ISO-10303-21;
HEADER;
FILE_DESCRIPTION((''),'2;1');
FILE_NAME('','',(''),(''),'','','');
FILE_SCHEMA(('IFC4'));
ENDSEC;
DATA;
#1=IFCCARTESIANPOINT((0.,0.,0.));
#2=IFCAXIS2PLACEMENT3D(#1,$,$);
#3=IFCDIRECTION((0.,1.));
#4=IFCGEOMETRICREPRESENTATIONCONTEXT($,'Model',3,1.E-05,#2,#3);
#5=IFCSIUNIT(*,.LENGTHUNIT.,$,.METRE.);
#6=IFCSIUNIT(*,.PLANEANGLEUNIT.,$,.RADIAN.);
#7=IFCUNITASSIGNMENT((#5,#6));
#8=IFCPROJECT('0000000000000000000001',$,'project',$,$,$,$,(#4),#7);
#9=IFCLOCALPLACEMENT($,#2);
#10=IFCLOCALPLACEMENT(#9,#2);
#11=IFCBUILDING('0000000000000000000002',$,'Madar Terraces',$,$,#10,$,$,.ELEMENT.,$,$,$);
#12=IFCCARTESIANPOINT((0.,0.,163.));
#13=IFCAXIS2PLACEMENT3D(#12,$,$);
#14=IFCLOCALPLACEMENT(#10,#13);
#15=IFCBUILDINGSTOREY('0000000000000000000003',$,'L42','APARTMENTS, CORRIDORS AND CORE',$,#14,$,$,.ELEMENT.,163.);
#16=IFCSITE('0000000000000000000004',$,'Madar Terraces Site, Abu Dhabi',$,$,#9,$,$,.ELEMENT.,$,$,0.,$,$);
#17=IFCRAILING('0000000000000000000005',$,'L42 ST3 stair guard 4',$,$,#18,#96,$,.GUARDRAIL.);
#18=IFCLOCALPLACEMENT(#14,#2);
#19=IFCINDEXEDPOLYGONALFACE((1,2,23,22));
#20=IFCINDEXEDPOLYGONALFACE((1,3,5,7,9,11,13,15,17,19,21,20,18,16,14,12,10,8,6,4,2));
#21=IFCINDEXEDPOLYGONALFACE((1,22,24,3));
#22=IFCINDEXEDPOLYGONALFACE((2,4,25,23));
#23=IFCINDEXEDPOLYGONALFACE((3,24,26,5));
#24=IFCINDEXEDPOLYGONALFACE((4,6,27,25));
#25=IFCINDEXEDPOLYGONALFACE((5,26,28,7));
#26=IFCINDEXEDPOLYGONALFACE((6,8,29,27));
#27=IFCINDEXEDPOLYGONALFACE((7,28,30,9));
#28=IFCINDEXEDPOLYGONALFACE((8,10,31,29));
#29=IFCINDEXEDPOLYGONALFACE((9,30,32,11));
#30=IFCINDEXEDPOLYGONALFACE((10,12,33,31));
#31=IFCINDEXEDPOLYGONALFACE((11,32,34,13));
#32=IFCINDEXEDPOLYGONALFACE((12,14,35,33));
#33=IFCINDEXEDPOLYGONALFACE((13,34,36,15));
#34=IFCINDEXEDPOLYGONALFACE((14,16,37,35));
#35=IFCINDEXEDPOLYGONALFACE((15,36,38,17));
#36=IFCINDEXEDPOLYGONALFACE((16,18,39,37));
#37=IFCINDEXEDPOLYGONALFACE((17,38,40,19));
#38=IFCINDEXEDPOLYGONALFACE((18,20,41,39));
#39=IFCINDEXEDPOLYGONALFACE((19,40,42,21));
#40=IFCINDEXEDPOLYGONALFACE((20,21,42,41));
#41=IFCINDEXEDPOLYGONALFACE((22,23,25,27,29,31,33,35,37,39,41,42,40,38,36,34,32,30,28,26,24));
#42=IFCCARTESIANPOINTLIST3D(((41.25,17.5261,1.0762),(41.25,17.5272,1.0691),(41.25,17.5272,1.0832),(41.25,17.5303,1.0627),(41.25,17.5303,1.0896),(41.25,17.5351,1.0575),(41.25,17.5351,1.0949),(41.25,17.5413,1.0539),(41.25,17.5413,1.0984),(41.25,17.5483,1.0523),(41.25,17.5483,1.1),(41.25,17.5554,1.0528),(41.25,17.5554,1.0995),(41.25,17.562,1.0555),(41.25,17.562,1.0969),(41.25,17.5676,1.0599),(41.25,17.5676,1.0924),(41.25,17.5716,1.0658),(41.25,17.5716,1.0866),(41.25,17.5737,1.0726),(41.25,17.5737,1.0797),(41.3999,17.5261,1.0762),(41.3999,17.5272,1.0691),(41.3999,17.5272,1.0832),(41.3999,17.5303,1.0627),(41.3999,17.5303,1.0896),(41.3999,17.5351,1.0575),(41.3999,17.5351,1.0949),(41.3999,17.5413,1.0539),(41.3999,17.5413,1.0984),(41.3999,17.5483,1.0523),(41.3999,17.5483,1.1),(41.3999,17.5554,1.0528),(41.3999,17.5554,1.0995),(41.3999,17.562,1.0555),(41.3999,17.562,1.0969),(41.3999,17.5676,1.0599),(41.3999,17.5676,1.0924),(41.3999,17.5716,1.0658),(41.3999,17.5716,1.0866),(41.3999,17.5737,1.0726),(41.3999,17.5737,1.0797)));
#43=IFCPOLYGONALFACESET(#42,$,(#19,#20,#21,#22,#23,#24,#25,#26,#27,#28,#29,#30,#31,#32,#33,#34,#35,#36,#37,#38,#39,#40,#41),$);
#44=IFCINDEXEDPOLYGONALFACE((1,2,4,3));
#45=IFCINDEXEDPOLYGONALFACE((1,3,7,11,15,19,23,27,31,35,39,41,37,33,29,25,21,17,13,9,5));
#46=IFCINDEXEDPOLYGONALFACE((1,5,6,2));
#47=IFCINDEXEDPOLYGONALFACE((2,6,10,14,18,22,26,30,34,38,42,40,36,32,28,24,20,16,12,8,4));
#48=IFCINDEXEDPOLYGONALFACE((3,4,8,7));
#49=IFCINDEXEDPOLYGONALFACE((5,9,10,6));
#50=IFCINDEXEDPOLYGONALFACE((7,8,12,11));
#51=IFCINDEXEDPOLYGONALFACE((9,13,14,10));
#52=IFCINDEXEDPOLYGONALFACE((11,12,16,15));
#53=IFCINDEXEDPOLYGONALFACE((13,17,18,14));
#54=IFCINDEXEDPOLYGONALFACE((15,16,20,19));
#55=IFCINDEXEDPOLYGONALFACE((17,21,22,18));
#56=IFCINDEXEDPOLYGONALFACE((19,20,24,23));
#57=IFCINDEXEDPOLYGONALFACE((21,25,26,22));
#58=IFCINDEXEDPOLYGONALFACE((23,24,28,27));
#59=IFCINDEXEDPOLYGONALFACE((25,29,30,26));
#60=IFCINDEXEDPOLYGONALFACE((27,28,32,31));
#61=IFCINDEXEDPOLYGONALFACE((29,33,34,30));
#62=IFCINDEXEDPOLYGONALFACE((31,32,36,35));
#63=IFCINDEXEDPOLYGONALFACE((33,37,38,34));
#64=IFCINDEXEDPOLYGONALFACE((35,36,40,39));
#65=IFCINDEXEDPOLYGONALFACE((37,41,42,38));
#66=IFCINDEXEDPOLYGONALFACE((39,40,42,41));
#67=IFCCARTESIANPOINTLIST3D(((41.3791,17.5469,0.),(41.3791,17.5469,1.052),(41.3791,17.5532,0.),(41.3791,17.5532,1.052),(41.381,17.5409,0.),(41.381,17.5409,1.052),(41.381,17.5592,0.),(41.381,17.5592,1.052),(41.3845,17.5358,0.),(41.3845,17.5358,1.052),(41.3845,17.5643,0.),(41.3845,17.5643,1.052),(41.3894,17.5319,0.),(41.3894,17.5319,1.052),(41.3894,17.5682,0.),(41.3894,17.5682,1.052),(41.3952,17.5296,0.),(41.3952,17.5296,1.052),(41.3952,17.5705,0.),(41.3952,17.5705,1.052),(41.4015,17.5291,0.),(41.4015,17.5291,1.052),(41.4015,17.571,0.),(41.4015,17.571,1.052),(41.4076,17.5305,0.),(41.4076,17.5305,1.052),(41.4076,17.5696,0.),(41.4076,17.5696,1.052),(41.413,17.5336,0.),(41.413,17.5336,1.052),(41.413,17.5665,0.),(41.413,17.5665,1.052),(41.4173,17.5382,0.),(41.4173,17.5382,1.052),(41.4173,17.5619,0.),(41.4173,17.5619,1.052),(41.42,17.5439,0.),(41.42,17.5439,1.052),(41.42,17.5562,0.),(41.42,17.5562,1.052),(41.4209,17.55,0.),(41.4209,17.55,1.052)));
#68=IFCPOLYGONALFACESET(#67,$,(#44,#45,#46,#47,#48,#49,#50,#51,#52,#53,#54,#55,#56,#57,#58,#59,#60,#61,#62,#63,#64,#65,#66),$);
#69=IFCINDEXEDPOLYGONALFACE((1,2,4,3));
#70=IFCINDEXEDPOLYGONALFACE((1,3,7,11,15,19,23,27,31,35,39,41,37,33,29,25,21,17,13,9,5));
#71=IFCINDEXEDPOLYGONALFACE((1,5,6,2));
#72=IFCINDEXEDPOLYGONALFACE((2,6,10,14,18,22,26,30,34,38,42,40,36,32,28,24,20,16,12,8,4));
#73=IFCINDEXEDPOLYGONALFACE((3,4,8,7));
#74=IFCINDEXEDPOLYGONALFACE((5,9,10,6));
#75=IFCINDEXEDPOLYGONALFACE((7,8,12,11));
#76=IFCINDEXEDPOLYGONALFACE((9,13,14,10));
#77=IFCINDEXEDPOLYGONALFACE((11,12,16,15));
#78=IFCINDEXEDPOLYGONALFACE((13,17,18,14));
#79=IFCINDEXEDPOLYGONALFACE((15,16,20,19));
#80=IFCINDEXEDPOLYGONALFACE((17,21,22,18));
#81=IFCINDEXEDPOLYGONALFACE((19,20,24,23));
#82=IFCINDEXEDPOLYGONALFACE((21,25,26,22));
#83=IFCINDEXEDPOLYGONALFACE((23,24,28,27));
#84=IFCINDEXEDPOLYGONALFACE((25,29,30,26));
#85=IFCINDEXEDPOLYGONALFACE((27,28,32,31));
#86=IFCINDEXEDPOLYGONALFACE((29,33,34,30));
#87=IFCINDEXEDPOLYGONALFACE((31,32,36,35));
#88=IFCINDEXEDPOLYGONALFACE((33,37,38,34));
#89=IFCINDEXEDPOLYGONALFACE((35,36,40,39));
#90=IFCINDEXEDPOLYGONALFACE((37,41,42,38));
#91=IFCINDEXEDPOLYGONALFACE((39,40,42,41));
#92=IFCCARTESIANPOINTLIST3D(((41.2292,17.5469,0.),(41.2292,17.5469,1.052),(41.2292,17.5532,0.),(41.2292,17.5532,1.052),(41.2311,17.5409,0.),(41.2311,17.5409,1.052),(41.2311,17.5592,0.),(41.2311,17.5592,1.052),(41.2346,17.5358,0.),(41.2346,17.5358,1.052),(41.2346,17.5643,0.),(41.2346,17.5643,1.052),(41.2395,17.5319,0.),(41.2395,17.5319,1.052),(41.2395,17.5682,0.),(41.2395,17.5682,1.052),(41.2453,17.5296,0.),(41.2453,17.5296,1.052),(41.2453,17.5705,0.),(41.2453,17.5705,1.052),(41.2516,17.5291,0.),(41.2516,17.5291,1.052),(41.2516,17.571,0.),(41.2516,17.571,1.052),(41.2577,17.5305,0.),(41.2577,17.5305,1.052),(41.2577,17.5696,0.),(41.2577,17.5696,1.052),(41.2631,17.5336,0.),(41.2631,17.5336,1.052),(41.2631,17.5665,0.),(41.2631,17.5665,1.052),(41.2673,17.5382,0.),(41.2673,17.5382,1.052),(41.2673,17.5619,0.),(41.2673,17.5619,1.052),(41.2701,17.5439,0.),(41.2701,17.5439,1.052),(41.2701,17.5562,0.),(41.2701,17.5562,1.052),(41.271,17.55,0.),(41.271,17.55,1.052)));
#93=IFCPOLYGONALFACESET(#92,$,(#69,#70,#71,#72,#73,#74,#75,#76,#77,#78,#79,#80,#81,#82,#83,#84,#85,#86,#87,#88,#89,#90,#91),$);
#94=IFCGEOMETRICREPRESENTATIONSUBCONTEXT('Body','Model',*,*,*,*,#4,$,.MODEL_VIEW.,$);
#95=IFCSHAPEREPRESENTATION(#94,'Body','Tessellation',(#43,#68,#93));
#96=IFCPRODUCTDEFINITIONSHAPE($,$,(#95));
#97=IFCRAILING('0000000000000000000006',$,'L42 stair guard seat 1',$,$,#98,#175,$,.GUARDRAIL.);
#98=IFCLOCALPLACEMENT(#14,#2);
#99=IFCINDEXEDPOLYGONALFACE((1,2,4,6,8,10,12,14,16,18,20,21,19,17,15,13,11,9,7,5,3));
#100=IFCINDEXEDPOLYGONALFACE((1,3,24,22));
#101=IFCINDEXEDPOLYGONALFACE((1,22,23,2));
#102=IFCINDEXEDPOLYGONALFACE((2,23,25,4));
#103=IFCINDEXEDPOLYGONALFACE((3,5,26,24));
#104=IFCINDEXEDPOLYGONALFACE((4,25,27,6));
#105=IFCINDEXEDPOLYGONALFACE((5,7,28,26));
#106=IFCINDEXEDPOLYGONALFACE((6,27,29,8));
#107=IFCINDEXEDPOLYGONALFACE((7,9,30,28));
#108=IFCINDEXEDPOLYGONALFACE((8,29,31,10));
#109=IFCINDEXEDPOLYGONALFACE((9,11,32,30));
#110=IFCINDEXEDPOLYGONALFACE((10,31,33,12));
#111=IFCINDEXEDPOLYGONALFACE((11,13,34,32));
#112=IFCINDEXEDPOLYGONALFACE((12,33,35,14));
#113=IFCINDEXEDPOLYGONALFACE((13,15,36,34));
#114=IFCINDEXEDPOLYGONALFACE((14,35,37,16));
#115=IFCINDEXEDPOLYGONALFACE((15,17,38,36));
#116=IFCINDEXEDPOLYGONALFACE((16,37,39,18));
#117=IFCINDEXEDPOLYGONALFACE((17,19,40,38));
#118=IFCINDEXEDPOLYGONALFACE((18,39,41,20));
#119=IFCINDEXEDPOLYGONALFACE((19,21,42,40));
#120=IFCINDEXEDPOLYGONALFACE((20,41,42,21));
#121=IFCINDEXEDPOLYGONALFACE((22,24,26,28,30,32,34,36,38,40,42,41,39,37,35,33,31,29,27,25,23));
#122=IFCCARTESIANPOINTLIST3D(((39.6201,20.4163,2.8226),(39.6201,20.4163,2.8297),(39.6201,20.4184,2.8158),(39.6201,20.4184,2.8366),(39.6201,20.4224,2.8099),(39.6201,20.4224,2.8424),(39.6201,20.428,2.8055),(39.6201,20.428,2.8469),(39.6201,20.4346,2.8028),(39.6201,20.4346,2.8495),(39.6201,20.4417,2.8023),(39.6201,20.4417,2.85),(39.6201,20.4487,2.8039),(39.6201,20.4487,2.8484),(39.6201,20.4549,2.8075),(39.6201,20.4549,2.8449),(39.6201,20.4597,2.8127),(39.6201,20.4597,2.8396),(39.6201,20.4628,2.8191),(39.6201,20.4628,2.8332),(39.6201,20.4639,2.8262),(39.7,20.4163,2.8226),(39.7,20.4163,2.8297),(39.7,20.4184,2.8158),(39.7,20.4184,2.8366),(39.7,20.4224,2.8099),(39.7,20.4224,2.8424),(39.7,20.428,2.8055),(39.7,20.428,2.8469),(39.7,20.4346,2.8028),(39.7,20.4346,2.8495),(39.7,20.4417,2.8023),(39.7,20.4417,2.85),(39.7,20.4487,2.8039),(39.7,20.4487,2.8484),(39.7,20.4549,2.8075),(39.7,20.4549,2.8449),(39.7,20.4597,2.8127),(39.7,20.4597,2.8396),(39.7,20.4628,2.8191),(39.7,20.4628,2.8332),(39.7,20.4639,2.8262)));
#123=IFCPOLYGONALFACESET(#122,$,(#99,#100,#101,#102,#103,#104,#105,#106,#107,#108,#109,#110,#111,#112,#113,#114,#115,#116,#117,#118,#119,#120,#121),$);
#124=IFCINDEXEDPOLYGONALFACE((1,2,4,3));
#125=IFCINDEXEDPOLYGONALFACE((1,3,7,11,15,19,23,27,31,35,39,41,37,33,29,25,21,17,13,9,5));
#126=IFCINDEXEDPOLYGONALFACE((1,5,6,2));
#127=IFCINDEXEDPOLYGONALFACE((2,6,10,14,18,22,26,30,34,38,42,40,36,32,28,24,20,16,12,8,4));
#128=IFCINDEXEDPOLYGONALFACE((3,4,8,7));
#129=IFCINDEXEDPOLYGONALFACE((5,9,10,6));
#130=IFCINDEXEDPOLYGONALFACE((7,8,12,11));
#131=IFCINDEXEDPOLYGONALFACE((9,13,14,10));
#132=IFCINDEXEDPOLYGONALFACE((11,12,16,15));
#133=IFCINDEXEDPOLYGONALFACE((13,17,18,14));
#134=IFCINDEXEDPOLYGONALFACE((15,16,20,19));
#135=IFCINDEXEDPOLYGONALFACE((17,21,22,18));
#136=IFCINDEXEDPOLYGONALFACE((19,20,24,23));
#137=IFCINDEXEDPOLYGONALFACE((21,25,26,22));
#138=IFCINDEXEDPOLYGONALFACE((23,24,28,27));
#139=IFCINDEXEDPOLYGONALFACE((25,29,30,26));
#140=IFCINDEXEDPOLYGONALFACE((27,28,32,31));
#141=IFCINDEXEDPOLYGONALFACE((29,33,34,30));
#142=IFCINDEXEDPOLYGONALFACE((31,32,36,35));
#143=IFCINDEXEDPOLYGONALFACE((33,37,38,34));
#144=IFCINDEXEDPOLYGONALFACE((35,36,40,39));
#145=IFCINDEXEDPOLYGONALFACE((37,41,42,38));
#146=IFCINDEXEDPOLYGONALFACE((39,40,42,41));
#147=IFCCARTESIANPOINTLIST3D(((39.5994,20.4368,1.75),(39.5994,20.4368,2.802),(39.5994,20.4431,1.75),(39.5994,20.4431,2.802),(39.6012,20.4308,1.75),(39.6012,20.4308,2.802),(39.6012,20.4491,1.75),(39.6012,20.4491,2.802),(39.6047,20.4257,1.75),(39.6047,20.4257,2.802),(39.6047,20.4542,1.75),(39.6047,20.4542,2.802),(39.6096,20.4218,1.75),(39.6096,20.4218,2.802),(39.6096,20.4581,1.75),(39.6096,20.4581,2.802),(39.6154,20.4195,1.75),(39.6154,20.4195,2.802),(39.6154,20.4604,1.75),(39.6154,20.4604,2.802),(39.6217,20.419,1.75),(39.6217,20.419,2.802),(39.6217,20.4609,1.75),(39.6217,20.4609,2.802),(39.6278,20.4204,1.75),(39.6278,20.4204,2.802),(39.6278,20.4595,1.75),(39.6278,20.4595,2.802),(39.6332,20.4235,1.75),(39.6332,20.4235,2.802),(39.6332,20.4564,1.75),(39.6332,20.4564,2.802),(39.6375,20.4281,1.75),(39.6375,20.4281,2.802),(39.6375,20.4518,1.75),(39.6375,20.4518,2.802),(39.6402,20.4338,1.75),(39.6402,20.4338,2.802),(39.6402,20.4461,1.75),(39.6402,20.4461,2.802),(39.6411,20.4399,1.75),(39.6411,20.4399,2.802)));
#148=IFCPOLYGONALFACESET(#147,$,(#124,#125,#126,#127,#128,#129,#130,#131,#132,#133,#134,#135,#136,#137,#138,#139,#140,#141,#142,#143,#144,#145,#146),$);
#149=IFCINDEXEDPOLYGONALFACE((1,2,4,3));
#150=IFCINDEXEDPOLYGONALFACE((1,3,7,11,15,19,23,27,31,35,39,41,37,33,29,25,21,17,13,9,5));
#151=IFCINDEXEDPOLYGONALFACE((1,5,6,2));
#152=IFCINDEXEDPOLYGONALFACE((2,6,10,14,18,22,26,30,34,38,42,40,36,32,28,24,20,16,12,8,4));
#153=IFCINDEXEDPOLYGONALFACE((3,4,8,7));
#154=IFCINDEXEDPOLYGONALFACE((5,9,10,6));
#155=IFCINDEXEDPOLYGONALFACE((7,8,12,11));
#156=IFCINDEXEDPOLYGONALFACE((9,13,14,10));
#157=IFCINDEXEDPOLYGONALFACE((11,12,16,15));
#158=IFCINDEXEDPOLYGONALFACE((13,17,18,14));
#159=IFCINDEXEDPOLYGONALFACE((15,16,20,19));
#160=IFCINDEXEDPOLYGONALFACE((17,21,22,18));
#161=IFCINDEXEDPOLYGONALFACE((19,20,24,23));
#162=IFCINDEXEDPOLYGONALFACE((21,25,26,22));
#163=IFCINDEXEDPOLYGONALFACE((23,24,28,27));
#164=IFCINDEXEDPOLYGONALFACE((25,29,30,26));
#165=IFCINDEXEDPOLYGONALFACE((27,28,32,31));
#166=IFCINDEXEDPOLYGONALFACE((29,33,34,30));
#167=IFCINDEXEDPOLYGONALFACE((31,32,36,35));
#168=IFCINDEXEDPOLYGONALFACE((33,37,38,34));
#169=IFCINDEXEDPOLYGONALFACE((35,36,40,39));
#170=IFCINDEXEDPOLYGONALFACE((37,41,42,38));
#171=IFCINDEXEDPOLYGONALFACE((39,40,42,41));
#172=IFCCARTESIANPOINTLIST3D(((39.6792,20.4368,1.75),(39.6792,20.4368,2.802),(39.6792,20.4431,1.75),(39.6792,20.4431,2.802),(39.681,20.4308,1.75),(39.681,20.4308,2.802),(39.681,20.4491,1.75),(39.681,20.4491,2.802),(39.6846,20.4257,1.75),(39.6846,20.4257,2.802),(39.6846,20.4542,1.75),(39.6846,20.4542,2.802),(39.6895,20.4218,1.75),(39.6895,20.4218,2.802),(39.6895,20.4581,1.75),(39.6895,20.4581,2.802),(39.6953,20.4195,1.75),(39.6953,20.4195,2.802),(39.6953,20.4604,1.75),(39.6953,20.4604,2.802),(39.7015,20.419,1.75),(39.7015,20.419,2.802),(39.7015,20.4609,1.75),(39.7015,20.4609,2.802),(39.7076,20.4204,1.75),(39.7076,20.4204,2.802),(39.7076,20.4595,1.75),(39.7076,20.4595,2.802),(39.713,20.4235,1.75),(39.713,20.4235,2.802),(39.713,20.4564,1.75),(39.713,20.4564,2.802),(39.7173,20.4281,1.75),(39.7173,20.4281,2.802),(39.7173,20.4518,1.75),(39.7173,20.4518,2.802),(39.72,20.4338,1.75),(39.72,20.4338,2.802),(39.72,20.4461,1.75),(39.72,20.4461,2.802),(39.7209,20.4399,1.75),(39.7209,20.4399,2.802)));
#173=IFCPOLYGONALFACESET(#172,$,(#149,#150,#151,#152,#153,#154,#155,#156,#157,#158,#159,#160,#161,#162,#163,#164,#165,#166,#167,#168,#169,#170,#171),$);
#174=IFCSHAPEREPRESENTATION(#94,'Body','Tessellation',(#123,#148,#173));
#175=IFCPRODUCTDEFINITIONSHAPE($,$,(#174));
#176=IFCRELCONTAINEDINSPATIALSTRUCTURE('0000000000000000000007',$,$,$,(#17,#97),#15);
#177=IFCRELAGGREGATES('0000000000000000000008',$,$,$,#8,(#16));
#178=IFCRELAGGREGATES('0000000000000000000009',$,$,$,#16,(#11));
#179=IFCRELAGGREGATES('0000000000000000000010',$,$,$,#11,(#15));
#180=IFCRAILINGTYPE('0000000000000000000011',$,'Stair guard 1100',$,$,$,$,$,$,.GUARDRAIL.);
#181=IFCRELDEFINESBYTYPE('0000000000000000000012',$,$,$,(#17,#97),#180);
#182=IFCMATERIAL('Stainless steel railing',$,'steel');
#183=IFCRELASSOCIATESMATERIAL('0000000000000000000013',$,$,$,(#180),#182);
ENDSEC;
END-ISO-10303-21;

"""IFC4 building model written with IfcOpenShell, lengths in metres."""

from ifc_helpers import new_model, si_unit, direction, frame, origin, origin_2d, place, context, subcontext, project, spatial, circle, extrude, material, type_object, element, save


model = new_model("IFC4")

# Units and contexts
model_context = context("Model", 3, precision=1e-05, world=origin(), true_north=direction((0.0, 1.0)))
body_context = subcontext(model_context, "Body", "Model", "MODEL_VIEW")
ifc_project = project(units=[si_unit("LENGTHUNIT", "METRE"), si_unit("PLANEANGLEUNIT", "RADIAN")], contexts=[model_context])

# Site, building, storey
site_placement = place(None, origin())
site = spatial("IfcSite", under=ifc_project, at=site_placement, Name="Madar Terraces Site, Abu Dhabi", CompositionType="ELEMENT", RefElevation=0.0)
building_placement = place(site_placement, origin())
building = spatial("IfcBuilding", under=site, at=building_placement, Name="Madar Terraces", CompositionType="ELEMENT")
storey_placement = place(building_placement, frame((0.0, 0.0, 163.0)))
storey = spatial("IfcBuildingStorey", under=building, at=storey_placement, Name="L42", Description="APARTMENTS, CORRIDORS AND CORE", CompositionType="ELEMENT", Elevation=163.0)

# Railings
ifc_material_1 = material(Name="Stainless steel railing", Category="steel")
railing_type_1 = type_object("IfcRailingType", Name="Stair guard 1100", PredefinedType="GUARDRAIL", material=ifc_material_1)
railing_1_placement = place(storey_placement, frame((41.3999, 17.55, 0.0)))
element("IfcRailing", 1, at=railing_1_placement, inside=storey, type_object=railing_type_1, Name="L42 ST3 stair guard 4", PredefinedType="GUARDRAIL", context=body_context, shape_type="SweptSolid", body=[
    extrude(circle(Radius=0.0239, at=origin_2d()), frame((0.0, 0.0, 1.0762), z_axis=(-1.0, 0.0, 0.0), x_axis=(0.0, -1.0, 0.0)), (0.0, 0.0, 1.0), 0.1499),
    extrude(circle(Radius=0.021, at=origin_2d()), origin(), (0.0, 0.0, 1.0), 1.052),
    extrude(circle(Radius=0.021, at=origin_2d()), frame((-0.1499, 0.0, 0.0)), (0.0, 0.0, 1.0), 1.052),
])
railing_2_placement = place(storey_placement, frame((39.6201, 20.4399, 1.75)))
element("IfcRailing", 2, at=railing_2_placement, inside=storey, type_object=railing_type_1, Name="L42 stair guard seat 1", PredefinedType="GUARDRAIL", context=body_context, shape_type="SweptSolid", body=[
    extrude(circle(Radius=0.0239, at=origin_2d()), frame((0.0, 0.0, 1.0762), z_axis=(1.0, 0.0, 0.0), x_axis=(0.0, 1.0, 0.0)), (0.0, 0.0, 1.0), 0.0798),
    extrude(circle(Radius=0.021, at=origin_2d()), origin(), (0.0, 0.0, 1.0), 1.052),
    extrude(circle(Radius=0.021, at=origin_2d()), frame((0.0798, 0.0, 0.0)), (0.0, 0.0, 1.0), 1.052),
])

save(model, "model.ifc")
